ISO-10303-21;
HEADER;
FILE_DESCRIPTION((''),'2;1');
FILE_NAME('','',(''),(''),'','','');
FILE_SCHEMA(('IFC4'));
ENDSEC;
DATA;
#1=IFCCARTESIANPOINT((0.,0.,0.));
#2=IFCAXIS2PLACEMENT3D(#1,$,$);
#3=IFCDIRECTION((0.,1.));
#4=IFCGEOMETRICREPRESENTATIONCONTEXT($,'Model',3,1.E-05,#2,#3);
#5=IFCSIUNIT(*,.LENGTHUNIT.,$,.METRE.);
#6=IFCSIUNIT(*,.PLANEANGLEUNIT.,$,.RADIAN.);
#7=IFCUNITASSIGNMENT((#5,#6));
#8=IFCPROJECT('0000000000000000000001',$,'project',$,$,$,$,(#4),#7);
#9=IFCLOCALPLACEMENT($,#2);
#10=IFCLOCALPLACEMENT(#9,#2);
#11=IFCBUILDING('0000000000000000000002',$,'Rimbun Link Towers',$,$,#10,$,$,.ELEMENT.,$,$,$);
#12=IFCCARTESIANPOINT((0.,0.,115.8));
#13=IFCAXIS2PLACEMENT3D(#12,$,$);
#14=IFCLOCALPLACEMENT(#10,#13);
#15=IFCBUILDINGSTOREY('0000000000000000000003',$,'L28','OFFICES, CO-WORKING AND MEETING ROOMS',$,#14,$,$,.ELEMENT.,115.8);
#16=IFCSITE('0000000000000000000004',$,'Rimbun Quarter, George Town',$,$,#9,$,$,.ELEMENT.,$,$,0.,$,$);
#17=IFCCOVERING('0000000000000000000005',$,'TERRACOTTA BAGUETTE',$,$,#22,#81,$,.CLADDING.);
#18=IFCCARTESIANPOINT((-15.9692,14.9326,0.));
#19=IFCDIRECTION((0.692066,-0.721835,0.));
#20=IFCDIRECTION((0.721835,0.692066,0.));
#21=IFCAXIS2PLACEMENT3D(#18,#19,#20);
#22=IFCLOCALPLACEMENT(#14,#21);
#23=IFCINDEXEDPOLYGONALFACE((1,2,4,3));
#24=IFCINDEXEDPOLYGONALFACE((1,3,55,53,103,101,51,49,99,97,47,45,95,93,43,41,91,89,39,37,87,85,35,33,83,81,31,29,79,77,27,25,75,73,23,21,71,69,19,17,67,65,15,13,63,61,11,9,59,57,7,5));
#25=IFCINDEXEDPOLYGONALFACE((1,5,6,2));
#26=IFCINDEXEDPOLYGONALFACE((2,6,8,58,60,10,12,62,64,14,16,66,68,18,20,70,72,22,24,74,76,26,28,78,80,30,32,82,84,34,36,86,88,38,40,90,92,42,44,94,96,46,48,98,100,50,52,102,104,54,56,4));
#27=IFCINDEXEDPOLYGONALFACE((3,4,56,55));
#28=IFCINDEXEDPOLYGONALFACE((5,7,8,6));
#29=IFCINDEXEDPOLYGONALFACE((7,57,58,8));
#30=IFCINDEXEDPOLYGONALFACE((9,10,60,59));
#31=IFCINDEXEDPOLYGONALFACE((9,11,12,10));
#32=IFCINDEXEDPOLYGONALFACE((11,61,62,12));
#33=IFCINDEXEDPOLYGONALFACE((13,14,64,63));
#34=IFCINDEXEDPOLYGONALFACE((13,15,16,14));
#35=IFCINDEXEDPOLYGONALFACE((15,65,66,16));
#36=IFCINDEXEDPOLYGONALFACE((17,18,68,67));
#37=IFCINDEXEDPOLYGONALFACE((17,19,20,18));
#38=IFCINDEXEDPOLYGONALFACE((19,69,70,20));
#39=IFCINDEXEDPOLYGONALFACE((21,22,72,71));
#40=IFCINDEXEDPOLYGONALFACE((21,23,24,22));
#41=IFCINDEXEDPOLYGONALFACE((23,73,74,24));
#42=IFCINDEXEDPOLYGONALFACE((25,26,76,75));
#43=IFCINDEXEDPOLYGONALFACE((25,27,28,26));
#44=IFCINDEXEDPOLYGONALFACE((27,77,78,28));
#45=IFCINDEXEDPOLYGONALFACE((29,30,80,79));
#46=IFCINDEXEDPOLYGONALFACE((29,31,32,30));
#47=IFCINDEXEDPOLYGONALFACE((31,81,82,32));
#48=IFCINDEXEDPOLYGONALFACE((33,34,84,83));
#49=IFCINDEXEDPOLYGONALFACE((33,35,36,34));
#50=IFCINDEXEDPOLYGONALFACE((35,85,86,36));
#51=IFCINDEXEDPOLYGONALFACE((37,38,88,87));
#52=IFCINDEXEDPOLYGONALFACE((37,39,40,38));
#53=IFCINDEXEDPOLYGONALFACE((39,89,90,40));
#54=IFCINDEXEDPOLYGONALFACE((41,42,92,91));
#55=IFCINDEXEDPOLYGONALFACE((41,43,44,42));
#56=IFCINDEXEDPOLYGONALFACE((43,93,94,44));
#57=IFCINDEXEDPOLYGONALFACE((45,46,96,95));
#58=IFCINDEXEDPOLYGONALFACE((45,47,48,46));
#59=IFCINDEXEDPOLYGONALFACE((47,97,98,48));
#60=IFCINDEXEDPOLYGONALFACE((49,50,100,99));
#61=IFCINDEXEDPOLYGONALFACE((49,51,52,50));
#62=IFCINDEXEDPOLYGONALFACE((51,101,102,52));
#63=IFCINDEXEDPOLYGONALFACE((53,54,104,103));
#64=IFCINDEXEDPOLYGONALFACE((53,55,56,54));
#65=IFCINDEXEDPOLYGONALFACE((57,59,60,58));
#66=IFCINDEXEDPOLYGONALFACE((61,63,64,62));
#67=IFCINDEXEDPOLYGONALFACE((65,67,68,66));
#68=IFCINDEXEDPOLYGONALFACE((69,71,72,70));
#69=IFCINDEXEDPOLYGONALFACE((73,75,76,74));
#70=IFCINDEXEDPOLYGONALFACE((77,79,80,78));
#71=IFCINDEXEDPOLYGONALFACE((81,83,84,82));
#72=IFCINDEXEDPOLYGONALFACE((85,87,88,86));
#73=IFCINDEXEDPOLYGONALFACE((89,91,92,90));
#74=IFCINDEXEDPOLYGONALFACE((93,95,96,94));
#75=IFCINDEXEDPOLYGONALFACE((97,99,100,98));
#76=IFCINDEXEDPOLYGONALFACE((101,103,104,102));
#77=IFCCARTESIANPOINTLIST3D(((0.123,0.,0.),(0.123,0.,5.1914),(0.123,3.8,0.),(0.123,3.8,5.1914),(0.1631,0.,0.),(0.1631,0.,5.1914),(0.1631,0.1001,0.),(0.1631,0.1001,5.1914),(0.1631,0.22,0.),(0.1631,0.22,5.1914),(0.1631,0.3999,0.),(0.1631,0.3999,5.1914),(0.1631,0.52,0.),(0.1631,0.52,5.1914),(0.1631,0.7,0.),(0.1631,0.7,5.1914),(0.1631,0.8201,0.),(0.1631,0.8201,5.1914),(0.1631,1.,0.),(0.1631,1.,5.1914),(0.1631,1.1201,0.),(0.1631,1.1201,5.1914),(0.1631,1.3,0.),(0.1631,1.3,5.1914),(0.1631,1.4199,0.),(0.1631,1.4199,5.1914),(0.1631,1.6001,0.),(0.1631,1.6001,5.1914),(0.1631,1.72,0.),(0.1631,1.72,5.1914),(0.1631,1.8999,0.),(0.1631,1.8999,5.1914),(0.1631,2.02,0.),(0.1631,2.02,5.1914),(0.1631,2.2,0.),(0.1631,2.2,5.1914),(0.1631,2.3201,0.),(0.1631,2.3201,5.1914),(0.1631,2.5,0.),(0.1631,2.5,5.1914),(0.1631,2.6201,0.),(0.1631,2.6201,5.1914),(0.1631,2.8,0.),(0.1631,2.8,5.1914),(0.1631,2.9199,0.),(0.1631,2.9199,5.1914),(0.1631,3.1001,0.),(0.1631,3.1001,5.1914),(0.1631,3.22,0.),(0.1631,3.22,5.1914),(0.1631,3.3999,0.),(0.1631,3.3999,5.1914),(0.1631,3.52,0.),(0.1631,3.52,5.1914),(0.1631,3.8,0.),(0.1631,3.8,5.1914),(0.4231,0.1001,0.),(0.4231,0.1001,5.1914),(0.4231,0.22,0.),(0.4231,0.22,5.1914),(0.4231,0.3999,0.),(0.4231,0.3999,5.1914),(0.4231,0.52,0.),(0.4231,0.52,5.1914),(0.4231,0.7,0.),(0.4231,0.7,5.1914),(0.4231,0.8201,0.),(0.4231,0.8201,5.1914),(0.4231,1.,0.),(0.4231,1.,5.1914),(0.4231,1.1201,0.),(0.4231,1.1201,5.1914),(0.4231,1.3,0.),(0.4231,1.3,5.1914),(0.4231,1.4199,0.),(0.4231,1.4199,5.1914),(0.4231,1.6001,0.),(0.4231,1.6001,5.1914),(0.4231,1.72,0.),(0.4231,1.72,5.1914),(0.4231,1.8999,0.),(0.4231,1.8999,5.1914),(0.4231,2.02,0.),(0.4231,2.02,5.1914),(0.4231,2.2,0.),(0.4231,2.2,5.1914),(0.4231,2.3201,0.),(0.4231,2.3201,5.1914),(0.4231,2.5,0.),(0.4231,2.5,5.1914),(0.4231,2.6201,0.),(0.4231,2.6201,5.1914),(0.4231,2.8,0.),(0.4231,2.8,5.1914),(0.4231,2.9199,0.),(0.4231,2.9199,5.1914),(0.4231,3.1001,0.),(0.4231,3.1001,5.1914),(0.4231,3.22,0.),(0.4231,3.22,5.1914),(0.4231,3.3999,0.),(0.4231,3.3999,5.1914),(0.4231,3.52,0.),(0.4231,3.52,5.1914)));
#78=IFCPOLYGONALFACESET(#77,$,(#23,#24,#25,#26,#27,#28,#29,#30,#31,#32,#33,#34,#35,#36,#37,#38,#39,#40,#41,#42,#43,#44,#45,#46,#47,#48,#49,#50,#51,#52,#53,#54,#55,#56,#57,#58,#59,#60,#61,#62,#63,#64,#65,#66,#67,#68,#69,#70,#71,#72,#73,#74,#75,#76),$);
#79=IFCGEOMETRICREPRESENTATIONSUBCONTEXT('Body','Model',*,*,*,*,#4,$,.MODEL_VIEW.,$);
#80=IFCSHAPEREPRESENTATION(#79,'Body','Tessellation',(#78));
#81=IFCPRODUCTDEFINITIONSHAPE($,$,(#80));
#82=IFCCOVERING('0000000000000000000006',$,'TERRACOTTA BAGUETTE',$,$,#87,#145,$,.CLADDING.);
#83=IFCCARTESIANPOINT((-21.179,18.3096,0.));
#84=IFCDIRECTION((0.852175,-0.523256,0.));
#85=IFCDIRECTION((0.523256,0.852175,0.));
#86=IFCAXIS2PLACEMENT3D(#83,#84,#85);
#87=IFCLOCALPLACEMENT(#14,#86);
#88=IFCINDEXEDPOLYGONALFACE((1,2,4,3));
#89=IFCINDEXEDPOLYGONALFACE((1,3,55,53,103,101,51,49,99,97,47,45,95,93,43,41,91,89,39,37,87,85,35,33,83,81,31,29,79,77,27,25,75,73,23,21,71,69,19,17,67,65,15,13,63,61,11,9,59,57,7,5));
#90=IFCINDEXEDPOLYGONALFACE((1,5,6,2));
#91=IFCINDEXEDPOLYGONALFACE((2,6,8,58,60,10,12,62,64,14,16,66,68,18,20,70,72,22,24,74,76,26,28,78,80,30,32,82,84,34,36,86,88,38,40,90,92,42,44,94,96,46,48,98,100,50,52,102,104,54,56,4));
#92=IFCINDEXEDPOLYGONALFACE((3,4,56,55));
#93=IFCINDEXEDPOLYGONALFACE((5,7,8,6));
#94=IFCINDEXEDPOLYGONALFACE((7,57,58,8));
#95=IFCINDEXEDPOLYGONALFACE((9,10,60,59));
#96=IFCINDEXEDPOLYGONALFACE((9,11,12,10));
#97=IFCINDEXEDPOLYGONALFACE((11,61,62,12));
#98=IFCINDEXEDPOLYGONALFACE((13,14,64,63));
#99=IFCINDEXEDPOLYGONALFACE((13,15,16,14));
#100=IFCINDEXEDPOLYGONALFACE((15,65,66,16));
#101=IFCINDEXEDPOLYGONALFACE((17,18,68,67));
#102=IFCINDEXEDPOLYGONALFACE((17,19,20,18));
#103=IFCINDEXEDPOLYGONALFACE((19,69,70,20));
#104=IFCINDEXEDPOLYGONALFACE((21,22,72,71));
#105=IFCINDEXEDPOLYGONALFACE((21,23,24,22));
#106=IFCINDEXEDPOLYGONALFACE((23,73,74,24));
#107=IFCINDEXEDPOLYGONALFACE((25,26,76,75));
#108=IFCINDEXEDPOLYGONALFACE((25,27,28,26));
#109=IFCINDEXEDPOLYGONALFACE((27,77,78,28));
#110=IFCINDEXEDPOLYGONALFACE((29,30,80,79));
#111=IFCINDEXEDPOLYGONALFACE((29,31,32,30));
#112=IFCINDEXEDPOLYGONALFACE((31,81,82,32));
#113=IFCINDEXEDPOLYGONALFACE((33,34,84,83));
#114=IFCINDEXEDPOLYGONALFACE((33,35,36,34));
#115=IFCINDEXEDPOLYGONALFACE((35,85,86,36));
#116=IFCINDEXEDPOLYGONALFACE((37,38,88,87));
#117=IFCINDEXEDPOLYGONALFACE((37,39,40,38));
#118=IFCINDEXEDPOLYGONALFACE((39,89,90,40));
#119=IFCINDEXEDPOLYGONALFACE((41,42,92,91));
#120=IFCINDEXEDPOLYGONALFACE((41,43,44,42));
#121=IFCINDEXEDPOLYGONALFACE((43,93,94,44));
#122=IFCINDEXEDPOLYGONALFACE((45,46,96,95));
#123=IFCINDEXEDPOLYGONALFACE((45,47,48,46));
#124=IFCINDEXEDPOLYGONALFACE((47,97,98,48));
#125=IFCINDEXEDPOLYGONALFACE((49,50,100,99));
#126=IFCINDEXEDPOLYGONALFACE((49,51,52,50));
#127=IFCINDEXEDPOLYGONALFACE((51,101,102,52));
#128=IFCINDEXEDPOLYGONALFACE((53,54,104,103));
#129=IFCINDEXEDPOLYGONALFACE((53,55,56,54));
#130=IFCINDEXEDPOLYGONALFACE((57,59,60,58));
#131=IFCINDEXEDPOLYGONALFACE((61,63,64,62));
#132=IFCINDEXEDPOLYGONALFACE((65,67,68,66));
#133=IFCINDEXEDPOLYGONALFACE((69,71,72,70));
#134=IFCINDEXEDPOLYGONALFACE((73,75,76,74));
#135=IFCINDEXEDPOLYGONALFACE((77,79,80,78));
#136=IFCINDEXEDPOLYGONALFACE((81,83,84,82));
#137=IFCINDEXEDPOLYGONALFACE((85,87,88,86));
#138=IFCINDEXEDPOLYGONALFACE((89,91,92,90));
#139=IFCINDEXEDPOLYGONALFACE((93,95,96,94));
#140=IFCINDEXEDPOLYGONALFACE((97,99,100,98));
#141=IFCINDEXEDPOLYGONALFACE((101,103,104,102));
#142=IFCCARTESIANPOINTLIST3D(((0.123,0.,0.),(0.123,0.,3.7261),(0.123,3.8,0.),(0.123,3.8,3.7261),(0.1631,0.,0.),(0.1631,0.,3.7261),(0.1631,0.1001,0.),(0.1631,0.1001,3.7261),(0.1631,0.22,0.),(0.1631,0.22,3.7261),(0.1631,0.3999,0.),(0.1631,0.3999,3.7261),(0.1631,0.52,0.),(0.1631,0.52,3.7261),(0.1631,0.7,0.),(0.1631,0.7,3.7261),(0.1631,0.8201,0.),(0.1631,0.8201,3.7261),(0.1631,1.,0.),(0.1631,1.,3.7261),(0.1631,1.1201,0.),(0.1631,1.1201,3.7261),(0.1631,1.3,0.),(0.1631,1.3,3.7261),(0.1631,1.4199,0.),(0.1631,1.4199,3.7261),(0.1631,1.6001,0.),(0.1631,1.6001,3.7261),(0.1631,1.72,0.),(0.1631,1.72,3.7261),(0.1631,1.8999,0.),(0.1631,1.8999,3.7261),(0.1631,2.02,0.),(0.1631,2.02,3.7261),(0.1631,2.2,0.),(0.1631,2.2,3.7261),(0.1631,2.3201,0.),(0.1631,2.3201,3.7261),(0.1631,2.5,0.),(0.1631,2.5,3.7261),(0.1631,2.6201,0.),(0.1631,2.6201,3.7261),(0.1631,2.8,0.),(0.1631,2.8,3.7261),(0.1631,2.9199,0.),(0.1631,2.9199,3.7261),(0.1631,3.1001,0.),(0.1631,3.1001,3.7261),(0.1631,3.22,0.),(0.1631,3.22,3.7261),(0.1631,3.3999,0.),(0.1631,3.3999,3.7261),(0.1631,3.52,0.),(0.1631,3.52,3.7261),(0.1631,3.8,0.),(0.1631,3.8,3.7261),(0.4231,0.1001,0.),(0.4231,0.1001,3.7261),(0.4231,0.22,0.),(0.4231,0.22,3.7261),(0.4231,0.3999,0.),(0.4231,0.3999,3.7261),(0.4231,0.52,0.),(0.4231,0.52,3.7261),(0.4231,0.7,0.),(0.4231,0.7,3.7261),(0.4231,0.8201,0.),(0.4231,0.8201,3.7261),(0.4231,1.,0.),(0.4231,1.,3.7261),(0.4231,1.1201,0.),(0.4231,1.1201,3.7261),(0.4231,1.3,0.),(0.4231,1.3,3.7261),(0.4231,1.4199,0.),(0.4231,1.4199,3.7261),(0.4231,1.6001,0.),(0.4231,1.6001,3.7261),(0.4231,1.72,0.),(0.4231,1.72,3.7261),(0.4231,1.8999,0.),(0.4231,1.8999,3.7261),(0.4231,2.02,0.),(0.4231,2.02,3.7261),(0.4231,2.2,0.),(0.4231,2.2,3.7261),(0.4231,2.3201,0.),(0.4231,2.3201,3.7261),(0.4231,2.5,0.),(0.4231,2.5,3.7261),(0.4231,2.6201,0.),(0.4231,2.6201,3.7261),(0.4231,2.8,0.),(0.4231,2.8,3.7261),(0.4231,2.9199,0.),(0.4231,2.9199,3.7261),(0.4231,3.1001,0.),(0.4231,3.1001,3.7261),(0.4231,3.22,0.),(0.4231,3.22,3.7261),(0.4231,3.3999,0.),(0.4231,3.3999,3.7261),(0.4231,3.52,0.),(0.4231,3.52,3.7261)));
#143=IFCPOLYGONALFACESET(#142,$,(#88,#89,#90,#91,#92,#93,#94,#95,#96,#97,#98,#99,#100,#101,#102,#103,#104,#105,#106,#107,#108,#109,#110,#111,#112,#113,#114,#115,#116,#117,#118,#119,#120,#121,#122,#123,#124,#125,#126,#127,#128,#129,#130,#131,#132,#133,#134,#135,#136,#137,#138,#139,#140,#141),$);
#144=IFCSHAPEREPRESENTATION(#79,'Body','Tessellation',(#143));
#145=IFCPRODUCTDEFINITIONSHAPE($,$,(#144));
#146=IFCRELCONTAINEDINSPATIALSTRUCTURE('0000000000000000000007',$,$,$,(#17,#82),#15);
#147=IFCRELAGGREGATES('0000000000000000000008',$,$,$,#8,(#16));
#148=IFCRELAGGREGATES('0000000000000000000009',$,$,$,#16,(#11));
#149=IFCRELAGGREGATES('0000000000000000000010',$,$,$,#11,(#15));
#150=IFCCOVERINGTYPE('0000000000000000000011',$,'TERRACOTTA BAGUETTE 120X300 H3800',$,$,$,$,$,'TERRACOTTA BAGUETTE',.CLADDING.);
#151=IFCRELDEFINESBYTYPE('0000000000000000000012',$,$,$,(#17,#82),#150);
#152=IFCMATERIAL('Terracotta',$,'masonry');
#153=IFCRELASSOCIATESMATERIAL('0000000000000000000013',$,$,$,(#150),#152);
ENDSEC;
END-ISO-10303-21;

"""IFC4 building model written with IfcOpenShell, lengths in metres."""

from ifc_helpers import new_model, si_unit, direction, frame, origin, place, context, subcontext, project, spatial, polyline, outline, extrude, material, material_profile, profile_set, type_object, element, save


model = new_model("IFC4")

# Units and contexts
model_context = context("Model", 3, precision=1e-05, world=origin(), true_north=direction((0.0, 1.0)))
body_context = subcontext(model_context, "Body", "Model", "MODEL_VIEW")
ifc_project = project(units=[si_unit("LENGTHUNIT", "METRE"), si_unit("PLANEANGLEUNIT", "RADIAN")], contexts=[model_context])

# Site, building, storey
site_placement = place(None, origin())
site = spatial("IfcSite", under=ifc_project, at=site_placement, Name="Rimbun Quarter, George Town", CompositionType="ELEMENT", RefElevation=0.0)
building_placement = place(site_placement, origin())
building = spatial("IfcBuilding", under=site, at=building_placement, Name="Rimbun Link Towers", CompositionType="ELEMENT")
storey_placement = place(building_placement, frame((0.0, 0.0, 115.8)))
storey = spatial("IfcBuildingStorey", under=building, at=storey_placement, Name="L28", Description="OFFICES, CO-WORKING AND MEETING ROOMS", CompositionType="ELEMENT", Elevation=115.8)

# Coverings
ifc_material_1 = material(Name="Terracotta", Category="masonry")
ifc_material_profile_1 = material_profile(ifc_material_1, outline(polyline([(0.123, 0.0), (0.1631, 0.0), (0.1631, 0.1001), (0.4231, 0.1001), (0.4231, 0.22), (0.1631, 0.22), (0.1631, 0.3999), (0.4231, 0.3999), (0.4231, 0.52), (0.1631, 0.52), (0.1631, 0.7), (0.4231, 0.7), (0.4231, 0.8201), (0.1631, 0.8201), (0.1631, 1.0), (0.4231, 1.0), (0.4231, 1.1201), (0.1631, 1.1201), (0.1631, 1.3), (0.4231, 1.3), (0.4231, 1.4199), (0.1631, 1.4199), (0.1631, 1.6001), (0.4231, 1.6001), (0.4231, 1.72), (0.1631, 1.72), (0.1631, 1.8999), (0.4231, 1.8999), (0.4231, 2.02), (0.1631, 2.02), (0.1631, 2.2), (0.4231, 2.2), (0.4231, 2.3201), (0.1631, 2.3201), (0.1631, 2.5), (0.4231, 2.5), (0.4231, 2.6201), (0.1631, 2.6201), (0.1631, 2.8), (0.4231, 2.8), (0.4231, 2.9199), (0.1631, 2.9199), (0.1631, 3.1001), (0.4231, 3.1001), (0.4231, 3.22), (0.1631, 3.22), (0.1631, 3.3999), (0.4231, 3.3999), (0.4231, 3.52), (0.1631, 3.52), (0.1631, 3.8), (0.123, 3.8), (0.123, 0.0)])), Name="BAGUETTE 120X300")
ifc_profile_set_1 = profile_set([ifc_material_profile_1], Name="Terracotta")
covering_type = type_object("IfcCoveringType", Name="TERRACOTTA BAGUETTE 120X300 H3800", ElementType="TERRACOTTA BAGUETTE", PredefinedType="CLADDING", material=ifc_profile_set_1)
covering_1_placement = place(storey_placement, frame((-15.9692, 14.9326, 0.0), z_axis=(0.692066, -0.721835, 0.0), x_axis=(0.721835, 0.692066, 0.0)))
element("IfcCovering", 1, at=covering_1_placement, inside=storey, type_object=covering_type, Name="TERRACOTTA BAGUETTE", PredefinedType="CLADDING", context=body_context, shape_type="SweptSolid", body=[
    extrude(outline(polyline([(0.123, 0.0), (0.1631, 0.0), (0.1631, 0.1001), (0.4231, 0.1001), (0.4231, 0.22), (0.1631, 0.22), (0.1631, 0.3999), (0.4231, 0.3999), (0.4231, 0.52), (0.1631, 0.52), (0.1631, 0.7), (0.4231, 0.7), (0.4231, 0.8201), (0.1631, 0.8201), (0.1631, 1.0), (0.4231, 1.0), (0.4231, 1.1201), (0.1631, 1.1201), (0.1631, 1.3), (0.4231, 1.3), (0.4231, 1.4199), (0.1631, 1.4199), (0.1631, 1.6001), (0.4231, 1.6001), (0.4231, 1.72), (0.1631, 1.72), (0.1631, 1.8999), (0.4231, 1.8999), (0.4231, 2.02), (0.1631, 2.02), (0.1631, 2.2), (0.4231, 2.2), (0.4231, 2.3201), (0.1631, 2.3201), (0.1631, 2.5), (0.4231, 2.5), (0.4231, 2.6201), (0.1631, 2.6201), (0.1631, 2.8), (0.4231, 2.8), (0.4231, 2.9199), (0.1631, 2.9199), (0.1631, 3.1001), (0.4231, 3.1001), (0.4231, 3.22), (0.1631, 3.22), (0.1631, 3.3999), (0.4231, 3.3999), (0.4231, 3.52), (0.1631, 3.52), (0.1631, 3.8), (0.123, 3.8), (0.123, 0.0)])), origin(), (0.0, 0.0, 1.0), 5.1914),
])
covering_2_placement = place(storey_placement, frame((-21.179, 18.3096, 0.0), z_axis=(0.852175, -0.523256, 0.0), x_axis=(0.523256, 0.852175, 0.0)))
element("IfcCovering", 2, at=covering_2_placement, inside=storey, type_object=covering_type, Name="TERRACOTTA BAGUETTE", PredefinedType="CLADDING", context=body_context, shape_type="SweptSolid", body=[
    extrude(outline(polyline([(0.123, 0.0), (0.1631, 0.0), (0.1631, 0.1001), (0.4231, 0.1001), (0.4231, 0.22), (0.1631, 0.22), (0.1631, 0.3999), (0.4231, 0.3999), (0.4231, 0.52), (0.1631, 0.52), (0.1631, 0.7), (0.4231, 0.7), (0.4231, 0.8201), (0.1631, 0.8201), (0.1631, 1.0), (0.4231, 1.0), (0.4231, 1.1201), (0.1631, 1.1201), (0.1631, 1.3), (0.4231, 1.3), (0.4231, 1.4199), (0.1631, 1.4199), (0.1631, 1.6001), (0.4231, 1.6001), (0.4231, 1.72), (0.1631, 1.72), (0.1631, 1.8999), (0.4231, 1.8999), (0.4231, 2.02), (0.1631, 2.02), (0.1631, 2.2), (0.4231, 2.2), (0.4231, 2.3201), (0.1631, 2.3201), (0.1631, 2.5), (0.4231, 2.5), (0.4231, 2.6201), (0.1631, 2.6201), (0.1631, 2.8), (0.4231, 2.8), (0.4231, 2.9199), (0.1631, 2.9199), (0.1631, 3.1001), (0.4231, 3.1001), (0.4231, 3.22), (0.1631, 3.22), (0.1631, 3.3999), (0.4231, 3.3999), (0.4231, 3.52), (0.1631, 3.52), (0.1631, 3.8), (0.123, 3.8), (0.123, 0.0)])), origin(), (0.0, 0.0, 1.0), 3.7261),
])

save(model, "model.ifc")
